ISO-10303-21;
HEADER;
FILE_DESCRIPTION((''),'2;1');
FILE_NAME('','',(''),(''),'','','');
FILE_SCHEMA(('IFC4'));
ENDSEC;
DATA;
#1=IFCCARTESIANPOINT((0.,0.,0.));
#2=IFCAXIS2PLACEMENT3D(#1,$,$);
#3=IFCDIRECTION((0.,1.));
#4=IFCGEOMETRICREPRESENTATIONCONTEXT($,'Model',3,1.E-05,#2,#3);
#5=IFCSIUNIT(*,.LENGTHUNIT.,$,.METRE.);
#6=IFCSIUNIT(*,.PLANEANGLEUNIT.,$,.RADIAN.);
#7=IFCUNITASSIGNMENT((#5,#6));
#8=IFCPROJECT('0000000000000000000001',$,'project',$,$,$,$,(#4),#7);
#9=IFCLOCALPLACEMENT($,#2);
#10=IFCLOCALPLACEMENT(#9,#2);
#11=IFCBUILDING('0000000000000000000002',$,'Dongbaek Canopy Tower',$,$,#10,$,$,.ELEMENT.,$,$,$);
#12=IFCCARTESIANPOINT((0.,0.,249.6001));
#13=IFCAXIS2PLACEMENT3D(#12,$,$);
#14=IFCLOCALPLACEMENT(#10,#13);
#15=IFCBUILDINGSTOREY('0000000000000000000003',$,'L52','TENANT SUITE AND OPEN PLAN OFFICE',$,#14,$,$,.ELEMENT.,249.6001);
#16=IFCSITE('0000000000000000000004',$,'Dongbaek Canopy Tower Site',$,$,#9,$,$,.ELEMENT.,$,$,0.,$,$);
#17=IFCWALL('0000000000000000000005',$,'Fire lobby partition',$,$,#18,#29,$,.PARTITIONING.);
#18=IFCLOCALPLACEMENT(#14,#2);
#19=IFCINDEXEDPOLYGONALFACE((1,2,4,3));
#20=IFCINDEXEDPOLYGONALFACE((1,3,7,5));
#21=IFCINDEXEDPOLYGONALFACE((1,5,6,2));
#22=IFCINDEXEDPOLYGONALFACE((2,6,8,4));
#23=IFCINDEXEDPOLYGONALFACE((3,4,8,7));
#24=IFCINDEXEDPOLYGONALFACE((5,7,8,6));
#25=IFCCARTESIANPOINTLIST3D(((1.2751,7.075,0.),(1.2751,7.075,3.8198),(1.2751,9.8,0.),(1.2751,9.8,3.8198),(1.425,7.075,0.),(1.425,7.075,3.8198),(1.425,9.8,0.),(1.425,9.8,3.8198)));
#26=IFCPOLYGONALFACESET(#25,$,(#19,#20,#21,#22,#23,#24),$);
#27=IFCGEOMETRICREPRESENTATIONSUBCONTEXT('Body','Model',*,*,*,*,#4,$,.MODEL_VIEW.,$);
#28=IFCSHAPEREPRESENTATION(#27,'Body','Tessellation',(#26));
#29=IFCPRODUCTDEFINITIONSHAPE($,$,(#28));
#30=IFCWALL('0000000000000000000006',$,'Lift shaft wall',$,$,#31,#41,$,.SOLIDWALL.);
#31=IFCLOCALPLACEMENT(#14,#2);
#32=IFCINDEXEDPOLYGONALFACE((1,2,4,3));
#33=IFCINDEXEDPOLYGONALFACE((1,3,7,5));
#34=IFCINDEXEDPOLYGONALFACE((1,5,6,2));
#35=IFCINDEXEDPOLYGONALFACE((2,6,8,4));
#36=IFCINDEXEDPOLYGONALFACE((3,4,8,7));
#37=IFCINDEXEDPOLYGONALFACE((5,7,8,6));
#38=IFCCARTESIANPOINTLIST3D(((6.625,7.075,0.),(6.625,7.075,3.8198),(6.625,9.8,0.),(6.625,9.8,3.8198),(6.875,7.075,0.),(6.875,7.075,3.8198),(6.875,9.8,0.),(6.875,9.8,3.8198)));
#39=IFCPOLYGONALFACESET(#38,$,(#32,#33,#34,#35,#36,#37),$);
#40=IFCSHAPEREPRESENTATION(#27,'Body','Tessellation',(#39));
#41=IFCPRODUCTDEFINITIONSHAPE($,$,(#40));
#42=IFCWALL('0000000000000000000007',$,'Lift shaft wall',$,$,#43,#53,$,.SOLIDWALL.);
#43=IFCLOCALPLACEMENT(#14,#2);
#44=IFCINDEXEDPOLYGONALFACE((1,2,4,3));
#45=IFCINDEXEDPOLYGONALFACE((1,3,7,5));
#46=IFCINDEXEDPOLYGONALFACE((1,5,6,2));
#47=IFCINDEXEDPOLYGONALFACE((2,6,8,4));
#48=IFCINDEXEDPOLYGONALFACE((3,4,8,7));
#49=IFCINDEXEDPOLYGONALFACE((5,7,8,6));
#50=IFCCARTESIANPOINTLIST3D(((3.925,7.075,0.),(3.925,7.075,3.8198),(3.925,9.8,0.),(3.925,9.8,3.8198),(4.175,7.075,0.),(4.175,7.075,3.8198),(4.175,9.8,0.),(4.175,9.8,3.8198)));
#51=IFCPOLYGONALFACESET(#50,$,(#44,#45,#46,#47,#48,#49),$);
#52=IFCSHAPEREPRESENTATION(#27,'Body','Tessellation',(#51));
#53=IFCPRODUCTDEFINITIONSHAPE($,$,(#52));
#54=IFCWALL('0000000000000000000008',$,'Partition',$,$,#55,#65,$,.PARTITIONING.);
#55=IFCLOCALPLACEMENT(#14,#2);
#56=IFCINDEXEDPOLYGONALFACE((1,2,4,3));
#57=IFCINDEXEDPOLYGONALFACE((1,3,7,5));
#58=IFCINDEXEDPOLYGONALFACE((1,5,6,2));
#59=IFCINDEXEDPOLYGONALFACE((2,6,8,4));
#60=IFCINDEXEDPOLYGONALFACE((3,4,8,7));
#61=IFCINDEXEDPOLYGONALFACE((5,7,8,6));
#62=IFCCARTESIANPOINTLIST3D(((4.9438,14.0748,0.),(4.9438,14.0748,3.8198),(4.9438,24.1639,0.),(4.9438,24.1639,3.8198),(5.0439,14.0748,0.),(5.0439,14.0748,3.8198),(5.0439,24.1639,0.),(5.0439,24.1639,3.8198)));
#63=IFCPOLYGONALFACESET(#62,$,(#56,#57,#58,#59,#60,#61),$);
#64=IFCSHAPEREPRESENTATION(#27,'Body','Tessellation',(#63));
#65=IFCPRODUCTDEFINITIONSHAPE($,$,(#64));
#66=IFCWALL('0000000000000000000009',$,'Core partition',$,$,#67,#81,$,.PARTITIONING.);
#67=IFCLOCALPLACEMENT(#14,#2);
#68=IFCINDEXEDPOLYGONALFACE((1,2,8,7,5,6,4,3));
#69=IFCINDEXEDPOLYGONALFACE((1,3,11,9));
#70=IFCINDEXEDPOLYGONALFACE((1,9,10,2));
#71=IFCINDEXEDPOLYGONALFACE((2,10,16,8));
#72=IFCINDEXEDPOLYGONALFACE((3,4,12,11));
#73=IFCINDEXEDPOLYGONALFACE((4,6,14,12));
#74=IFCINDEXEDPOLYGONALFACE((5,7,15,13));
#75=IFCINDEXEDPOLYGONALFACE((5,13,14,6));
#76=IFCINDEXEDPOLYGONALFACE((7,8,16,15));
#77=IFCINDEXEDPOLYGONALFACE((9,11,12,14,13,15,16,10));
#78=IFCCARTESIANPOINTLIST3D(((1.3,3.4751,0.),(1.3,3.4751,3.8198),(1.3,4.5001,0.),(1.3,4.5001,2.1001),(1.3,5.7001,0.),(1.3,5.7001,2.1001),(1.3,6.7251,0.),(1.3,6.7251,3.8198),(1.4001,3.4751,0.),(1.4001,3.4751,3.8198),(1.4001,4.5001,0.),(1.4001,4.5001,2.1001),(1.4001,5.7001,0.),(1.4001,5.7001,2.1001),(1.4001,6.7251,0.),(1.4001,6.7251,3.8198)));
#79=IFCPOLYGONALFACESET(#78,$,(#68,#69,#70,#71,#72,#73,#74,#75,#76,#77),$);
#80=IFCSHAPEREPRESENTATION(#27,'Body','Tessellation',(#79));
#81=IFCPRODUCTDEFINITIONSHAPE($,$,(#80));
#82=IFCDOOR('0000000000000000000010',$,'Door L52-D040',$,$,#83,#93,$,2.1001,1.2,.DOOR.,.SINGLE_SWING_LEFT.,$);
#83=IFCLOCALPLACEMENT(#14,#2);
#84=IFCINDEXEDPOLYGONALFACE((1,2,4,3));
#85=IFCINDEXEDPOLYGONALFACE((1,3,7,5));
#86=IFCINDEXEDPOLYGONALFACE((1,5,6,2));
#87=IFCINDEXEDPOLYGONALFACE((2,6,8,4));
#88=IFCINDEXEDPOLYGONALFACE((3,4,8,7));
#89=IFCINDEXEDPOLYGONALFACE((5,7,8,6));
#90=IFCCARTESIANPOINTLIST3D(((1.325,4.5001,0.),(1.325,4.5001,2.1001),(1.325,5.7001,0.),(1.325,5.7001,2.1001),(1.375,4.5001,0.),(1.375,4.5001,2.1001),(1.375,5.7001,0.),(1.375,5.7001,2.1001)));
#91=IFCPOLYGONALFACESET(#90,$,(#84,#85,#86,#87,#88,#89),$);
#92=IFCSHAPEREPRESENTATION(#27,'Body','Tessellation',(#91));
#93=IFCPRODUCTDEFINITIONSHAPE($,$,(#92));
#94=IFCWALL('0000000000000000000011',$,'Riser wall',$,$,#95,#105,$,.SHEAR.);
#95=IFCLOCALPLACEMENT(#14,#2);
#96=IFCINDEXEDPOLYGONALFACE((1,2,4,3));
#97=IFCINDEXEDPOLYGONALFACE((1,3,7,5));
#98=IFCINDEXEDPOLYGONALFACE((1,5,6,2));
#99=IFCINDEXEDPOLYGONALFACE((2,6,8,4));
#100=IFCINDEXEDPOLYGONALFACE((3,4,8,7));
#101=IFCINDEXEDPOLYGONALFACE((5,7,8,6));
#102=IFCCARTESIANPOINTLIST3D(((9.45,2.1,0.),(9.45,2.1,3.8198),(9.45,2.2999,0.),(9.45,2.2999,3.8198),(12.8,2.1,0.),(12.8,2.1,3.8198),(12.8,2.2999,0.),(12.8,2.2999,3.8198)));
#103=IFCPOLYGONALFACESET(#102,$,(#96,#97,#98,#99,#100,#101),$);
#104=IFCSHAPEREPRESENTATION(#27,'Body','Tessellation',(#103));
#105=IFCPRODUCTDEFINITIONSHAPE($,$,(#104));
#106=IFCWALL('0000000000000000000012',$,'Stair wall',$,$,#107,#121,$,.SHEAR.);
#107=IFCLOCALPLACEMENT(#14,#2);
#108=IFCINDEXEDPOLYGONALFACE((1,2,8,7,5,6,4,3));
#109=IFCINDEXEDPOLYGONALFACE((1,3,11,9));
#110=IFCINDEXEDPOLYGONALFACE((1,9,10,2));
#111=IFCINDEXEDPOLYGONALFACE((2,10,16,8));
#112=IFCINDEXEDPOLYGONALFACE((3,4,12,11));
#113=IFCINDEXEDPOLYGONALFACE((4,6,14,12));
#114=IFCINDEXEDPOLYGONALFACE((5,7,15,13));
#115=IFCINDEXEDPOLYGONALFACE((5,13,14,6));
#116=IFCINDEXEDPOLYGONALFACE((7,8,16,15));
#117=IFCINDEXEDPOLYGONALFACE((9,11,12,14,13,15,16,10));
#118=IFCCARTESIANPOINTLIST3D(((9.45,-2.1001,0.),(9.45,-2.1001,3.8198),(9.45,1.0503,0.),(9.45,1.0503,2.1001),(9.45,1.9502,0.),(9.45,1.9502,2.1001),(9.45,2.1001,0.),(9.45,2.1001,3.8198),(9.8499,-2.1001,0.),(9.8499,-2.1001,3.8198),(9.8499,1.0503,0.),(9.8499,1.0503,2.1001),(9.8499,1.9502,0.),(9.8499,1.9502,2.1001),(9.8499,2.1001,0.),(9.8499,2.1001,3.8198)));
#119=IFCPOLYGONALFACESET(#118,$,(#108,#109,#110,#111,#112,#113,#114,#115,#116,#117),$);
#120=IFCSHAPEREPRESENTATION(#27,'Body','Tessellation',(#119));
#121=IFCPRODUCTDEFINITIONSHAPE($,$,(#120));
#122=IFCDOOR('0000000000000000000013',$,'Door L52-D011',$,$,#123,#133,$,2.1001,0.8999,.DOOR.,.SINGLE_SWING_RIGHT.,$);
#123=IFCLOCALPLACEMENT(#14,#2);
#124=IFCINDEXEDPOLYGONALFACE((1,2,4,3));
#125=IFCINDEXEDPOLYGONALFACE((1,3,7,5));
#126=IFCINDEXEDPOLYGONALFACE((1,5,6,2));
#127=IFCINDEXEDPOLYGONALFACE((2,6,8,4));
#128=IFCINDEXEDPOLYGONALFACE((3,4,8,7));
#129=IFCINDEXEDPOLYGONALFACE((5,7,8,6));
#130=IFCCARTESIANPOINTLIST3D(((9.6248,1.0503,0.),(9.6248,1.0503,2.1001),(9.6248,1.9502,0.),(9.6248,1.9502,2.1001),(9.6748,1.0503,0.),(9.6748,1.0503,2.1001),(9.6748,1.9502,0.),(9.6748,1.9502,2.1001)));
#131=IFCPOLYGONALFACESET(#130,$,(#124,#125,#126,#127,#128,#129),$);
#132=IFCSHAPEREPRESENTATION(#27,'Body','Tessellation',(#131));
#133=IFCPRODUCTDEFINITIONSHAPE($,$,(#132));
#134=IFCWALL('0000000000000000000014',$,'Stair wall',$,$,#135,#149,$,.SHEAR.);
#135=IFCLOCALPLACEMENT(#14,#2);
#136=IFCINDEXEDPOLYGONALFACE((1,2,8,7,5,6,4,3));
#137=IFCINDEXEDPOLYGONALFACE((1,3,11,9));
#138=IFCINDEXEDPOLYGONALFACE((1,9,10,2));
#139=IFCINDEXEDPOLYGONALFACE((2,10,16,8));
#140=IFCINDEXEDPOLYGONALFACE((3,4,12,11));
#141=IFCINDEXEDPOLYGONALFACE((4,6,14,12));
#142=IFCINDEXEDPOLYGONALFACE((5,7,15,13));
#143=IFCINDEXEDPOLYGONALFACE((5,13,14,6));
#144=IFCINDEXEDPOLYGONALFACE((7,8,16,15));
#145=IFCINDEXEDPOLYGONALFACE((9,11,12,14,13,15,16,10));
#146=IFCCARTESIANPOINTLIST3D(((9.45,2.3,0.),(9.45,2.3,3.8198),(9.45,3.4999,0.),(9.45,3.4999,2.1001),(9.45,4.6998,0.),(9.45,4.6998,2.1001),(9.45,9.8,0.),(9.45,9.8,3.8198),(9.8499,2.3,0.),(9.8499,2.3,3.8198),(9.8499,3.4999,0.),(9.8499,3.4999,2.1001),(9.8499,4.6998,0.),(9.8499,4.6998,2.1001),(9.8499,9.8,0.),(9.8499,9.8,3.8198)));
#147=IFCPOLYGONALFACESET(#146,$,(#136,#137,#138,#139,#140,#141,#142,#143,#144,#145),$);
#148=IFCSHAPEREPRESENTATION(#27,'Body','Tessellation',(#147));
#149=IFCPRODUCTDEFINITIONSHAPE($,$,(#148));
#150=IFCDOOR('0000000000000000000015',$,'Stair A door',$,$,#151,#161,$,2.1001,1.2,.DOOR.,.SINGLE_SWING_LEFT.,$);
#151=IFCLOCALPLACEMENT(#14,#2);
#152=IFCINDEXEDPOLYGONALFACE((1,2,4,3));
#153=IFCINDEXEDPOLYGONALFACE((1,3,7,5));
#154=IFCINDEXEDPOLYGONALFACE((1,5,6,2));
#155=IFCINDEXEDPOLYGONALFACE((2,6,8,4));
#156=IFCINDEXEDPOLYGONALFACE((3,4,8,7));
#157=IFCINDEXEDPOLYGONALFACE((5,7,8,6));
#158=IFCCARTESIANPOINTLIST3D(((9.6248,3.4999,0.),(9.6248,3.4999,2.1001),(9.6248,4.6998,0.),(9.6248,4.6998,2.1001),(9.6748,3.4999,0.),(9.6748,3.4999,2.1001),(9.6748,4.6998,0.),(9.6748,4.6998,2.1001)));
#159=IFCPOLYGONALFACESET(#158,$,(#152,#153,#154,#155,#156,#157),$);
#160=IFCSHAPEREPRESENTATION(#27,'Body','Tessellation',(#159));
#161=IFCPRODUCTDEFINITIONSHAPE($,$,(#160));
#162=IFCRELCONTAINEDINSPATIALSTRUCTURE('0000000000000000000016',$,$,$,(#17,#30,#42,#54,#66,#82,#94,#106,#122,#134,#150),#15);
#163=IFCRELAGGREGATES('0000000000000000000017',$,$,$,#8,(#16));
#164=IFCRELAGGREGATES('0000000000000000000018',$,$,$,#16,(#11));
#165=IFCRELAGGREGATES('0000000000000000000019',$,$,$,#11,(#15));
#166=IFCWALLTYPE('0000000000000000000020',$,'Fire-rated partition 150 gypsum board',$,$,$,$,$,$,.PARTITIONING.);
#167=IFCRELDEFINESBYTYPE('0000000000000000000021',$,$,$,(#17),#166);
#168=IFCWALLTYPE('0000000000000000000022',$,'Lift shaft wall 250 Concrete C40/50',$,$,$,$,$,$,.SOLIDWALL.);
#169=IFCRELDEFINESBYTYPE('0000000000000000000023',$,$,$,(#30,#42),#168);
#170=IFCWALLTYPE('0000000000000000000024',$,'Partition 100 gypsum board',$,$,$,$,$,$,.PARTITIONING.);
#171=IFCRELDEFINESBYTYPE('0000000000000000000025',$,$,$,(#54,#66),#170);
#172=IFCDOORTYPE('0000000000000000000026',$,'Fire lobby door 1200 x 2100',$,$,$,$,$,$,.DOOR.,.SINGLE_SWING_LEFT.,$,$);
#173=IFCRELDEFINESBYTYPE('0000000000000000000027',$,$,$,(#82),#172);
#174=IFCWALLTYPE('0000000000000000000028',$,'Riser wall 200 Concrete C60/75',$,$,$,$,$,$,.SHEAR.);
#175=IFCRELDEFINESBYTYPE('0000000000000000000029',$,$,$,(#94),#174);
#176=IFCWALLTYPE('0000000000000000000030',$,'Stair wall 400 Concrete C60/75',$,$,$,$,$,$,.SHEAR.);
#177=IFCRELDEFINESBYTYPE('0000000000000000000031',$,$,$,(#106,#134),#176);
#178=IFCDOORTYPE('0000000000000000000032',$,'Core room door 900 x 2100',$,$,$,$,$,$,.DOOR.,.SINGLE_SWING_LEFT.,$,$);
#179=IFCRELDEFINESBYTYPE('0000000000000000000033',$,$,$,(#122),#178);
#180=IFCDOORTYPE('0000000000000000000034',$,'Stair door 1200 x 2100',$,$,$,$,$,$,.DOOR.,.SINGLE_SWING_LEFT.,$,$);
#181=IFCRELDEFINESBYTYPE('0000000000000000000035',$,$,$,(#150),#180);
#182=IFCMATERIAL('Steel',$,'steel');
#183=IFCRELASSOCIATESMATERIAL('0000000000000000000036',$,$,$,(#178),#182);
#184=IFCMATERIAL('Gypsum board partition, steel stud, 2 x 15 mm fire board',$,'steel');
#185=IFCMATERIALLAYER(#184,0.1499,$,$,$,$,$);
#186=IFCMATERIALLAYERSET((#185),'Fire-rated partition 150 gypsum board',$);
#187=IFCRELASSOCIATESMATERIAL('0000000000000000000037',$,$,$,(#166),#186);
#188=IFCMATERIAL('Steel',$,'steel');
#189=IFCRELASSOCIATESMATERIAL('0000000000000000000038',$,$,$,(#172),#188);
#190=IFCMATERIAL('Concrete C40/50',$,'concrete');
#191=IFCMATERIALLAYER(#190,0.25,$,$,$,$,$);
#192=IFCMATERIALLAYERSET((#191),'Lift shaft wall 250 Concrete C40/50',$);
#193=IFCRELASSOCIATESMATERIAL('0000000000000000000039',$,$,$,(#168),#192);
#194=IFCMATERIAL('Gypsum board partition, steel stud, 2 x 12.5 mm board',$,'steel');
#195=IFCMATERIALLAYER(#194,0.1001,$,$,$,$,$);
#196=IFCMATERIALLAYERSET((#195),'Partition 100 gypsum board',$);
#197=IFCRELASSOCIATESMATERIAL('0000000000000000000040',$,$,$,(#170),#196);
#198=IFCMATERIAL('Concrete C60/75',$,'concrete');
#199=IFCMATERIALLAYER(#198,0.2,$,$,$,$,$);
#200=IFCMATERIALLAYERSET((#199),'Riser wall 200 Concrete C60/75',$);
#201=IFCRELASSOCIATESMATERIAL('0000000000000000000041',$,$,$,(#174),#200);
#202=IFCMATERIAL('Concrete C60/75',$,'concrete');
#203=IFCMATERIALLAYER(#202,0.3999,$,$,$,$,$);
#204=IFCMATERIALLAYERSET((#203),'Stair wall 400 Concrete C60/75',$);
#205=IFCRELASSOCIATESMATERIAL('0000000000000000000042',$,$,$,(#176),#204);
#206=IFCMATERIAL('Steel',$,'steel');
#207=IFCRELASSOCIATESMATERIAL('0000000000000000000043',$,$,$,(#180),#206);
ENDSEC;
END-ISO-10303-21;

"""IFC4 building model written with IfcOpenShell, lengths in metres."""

from ifc_helpers import new_model, si_unit, direction, frame, frame_2d, origin, place, context, subcontext, project, spatial, rectangle, extrude, material, layer, layer_set, type_object, element, fill, save


model = new_model("IFC4")

# Units and contexts
model_context = context("Model", 3, precision=1e-05, world=origin(), true_north=direction((0.0, 1.0)))
body_context = subcontext(model_context, "Body", "Model", "MODEL_VIEW")
ifc_project = project(units=[si_unit("LENGTHUNIT", "METRE"), si_unit("PLANEANGLEUNIT", "RADIAN")], contexts=[model_context])

# Site, building, storey
site_placement = place(None, origin())
site = spatial("IfcSite", under=ifc_project, at=site_placement, Name="Dongbaek Canopy Tower Site", CompositionType="ELEMENT", RefElevation=0.0)
building_placement = place(site_placement, origin())
building = spatial("IfcBuilding", under=site, at=building_placement, Name="Dongbaek Canopy Tower", CompositionType="ELEMENT")
storey_placement = place(building_placement, frame((0.0, 0.0, 249.6001)))
storey = spatial("IfcBuildingStorey", under=building, at=storey_placement, Name="L52", Description="TENANT SUITE AND OPEN PLAN OFFICE", CompositionType="ELEMENT", Elevation=249.6001)

# Shared definitions
ifc_material_1 = material(Name="Steel", Category="steel")
door_type_1 = type_object("IfcDoorType", Name="Core room door 900 x 2100", OperationType="SINGLE_SWING_LEFT", PredefinedType="DOOR", material=ifc_material_1)

# Shared definitions
ifc_material_2 = material(Name="Gypsum board partition, steel stud, 2 x 15 mm fire board", Category="steel")
ifc_layer_1 = layer(ifc_material_2, 0.1499)
ifc_layer_set_1 = layer_set([ifc_layer_1], Name="Fire-rated partition 150 gypsum board")
wall_type_1 = type_object("IfcWallType", Name="Fire-rated partition 150 gypsum board", PredefinedType="PARTITIONING", material=ifc_layer_set_1)
ifc_material_3 = material(Name="Steel", Category="steel")
door_type_2 = type_object("IfcDoorType", Name="Fire lobby door 1200 x 2100", OperationType="SINGLE_SWING_LEFT", PredefinedType="DOOR", material=ifc_material_3)

# Walls
wall_1_placement = place(storey_placement, frame((1.3501, 7.075, 0.0), z_axis=(0.0, 0.0, 1.0), x_axis=(0.0, 1.0, 0.0)))
element("IfcWall", 1, at=wall_1_placement, inside=storey, type_object=wall_type_1, Name="Fire lobby partition", PredefinedType="PARTITIONING", context=body_context, shape_type="SweptSolid", body=[
    extrude(rectangle(XDim=2.7251, YDim=0.1499, at=frame_2d((1.3625, 0.0))), origin(), (0.0, 0.0, 1.0), 3.8198),
])
ifc_material_4 = material(Name="Concrete C40/50", Category="concrete")
ifc_layer_2 = layer(ifc_material_4, 0.25)
ifc_layer_set_2 = layer_set([ifc_layer_2], Name="Lift shaft wall 250 Concrete C40/50")
wall_type_2 = type_object("IfcWallType", Name="Lift shaft wall 250 Concrete C40/50", PredefinedType="SOLIDWALL", material=ifc_layer_set_2)
for number, where, z_axis, x_axis, name in (
    (2, (6.75, 7.075, 0.0), (0.0, 0.0, 1.0), (0.0, 1.0, 0.0), "Lift shaft wall"),
    (3, (4.05, 7.075, 0.0), (0.0, 0.0, 1.0), (0.0, 1.0, 0.0), "Lift shaft wall"),
):
    element("IfcWall", number, at=place(storey_placement, frame(where, z_axis=z_axis, x_axis=x_axis)), inside=storey, type_object=wall_type_2, Name=name, PredefinedType="SOLIDWALL", context=body_context, shape_type="SweptSolid", body=[
        extrude(rectangle(XDim=2.7251, YDim=0.25, at=frame_2d((1.3625, 0.0))), origin(), (0.0, 0.0, 1.0), 3.8198),
    ])
ifc_material_5 = material(Name="Gypsum board partition, steel stud, 2 x 12.5 mm board", Category="steel")
ifc_layer_3 = layer(ifc_material_5, 0.1001)
ifc_layer_set_3 = layer_set([ifc_layer_3], Name="Partition 100 gypsum board")
wall_type_3 = type_object("IfcWallType", Name="Partition 100 gypsum board", PredefinedType="PARTITIONING", material=ifc_layer_set_3)
wall_2_placement = place(storey_placement, frame((4.9939, 14.075, 0.0), z_axis=(0.0, 0.0, 1.0), x_axis=(0.0, 1.0, 0.0)))
element("IfcWall", 4, at=wall_2_placement, inside=storey, type_object=wall_type_3, Name="Partition", PredefinedType="PARTITIONING", context=body_context, shape_type="SweptSolid", body=[
    extrude(rectangle(XDim=10.0891, YDim=0.1001, at=frame_2d((5.0444, 0.0))), origin(), (0.0, 0.0, 1.0), 3.8198),
])

# Wall, opening, door
wall_3_placement = place(storey_placement, frame((1.3501, 6.7251, 0.0), z_axis=(0.0, 0.0, 1.0), x_axis=(0.0, -1.0, 0.0)))
wall_3 = element("IfcWall", 5, at=wall_3_placement, inside=storey, type_object=wall_type_3, Name="Core partition", PredefinedType="PARTITIONING", context=body_context, shape_type="SweptSolid", body=[
    extrude(rectangle(XDim=3.25, YDim=0.1001, at=frame_2d((1.625, 0.0))), origin(), (0.0, 0.0, 1.0), 3.8198),
])
opening_1_placement = place(wall_3_placement, frame((1.0249, 0.0, 0.0)))
opening_1 = element("IfcOpeningElement", 6, at=opening_1_placement, cuts=wall_3, PredefinedType="OPENING", context=body_context, shape_type="SweptSolid", body=[
    extrude(rectangle(XDim=1.2, YDim=2.1001, at=frame_2d((0.6001, 1.05))), frame((0.0, 0.0601, 0.0), z_axis=(0.0, -1.0, 0.0), x_axis=(1.0, 0.0, 0.0)), (0.0, 0.0, 1.0), 0.1201),
])
door_1_placement = place(opening_1_placement, origin())
door_1 = element("IfcDoor", 7, at=door_1_placement, inside=storey, type_object=door_type_2, Name="Door L52-D040", OperationType="SINGLE_SWING_LEFT", OverallHeight=2.1001, OverallWidth=1.2, PredefinedType="DOOR", context=body_context, shape_type="SweptSolid", body=[
    extrude(rectangle(XDim=1.2, YDim=2.1001, at=frame_2d((0.6001, 1.05))), frame((0.0, 0.0249, 0.0), z_axis=(0.0, -1.0, 0.0), x_axis=(1.0, 0.0, 0.0)), (0.0, 0.0, 1.0), 0.05),
])
fill(opening_1, door_1)

# Wall
ifc_material_6 = material(Name="Concrete C60/75", Category="concrete")
ifc_layer_4 = layer(ifc_material_6, 0.2)
ifc_layer_set_4 = layer_set([ifc_layer_4], Name="Riser wall 200 Concrete C60/75")
wall_type_4 = type_object("IfcWallType", Name="Riser wall 200 Concrete C60/75", PredefinedType="SHEAR", material=ifc_layer_set_4)
wall_4_placement = place(storey_placement, frame((9.45, 2.2, 0.0), z_axis=(0.0, 0.0, 1.0), x_axis=(1.0, 0.0, 0.0)))
element("IfcWall", 8, at=wall_4_placement, inside=storey, type_object=wall_type_4, Name="Riser wall", PredefinedType="SHEAR", context=body_context, shape_type="SweptSolid", body=[
    extrude(rectangle(XDim=3.3501, YDim=0.2, at=frame_2d((1.675, 0.0))), origin(), (0.0, 0.0, 1.0), 3.8198),
])

# Walls, openings, doors
ifc_material_7 = material(Name="Concrete C60/75", Category="concrete")
ifc_layer_5 = layer(ifc_material_7, 0.3999)
ifc_layer_set_5 = layer_set([ifc_layer_5], Name="Stair wall 400 Concrete C60/75")
wall_type_5 = type_object("IfcWallType", Name="Stair wall 400 Concrete C60/75", PredefinedType="SHEAR", material=ifc_layer_set_5)
wall_5_placement = place(storey_placement, frame((9.6499, 2.1001, 0.0), z_axis=(0.0, 0.0, 1.0), x_axis=(0.0, -1.0, 0.0)))
wall_5 = element("IfcWall", 9, at=wall_5_placement, inside=storey, type_object=wall_type_5, Name="Stair wall", PredefinedType="SHEAR", context=body_context, shape_type="SweptSolid", body=[
    extrude(rectangle(XDim=4.2002, YDim=0.3999, at=frame_2d((2.1001, 0.0))), origin(), (0.0, 0.0, 1.0), 3.8198),
])
opening_2_placement = place(wall_5_placement, frame((0.1499, 0.0, 0.0)))
opening_2 = element("IfcOpeningElement", 10, at=opening_2_placement, cuts=wall_5, PredefinedType="OPENING", context=body_context, shape_type="SweptSolid", body=[
    extrude(rectangle(XDim=0.8999, YDim=2.1001, at=frame_2d((0.45, 1.05))), frame((0.0, 0.21, 0.0), z_axis=(0.0, -1.0, 0.0), x_axis=(1.0, 0.0, 0.0)), (0.0, 0.0, 1.0), 0.4199),
])
door_2_placement = place(opening_2_placement, origin())
door_2 = element("IfcDoor", 11, at=door_2_placement, inside=storey, type_object=door_type_1, Name="Door L52-D011", OperationType="SINGLE_SWING_RIGHT", OverallHeight=2.1001, OverallWidth=0.8999, PredefinedType="DOOR", context=body_context, shape_type="SweptSolid", body=[
    extrude(rectangle(XDim=0.8999, YDim=2.1001, at=frame_2d((0.45, 1.05))), frame((0.0, 0.0249, 0.0), z_axis=(0.0, -1.0, 0.0), x_axis=(1.0, 0.0, 0.0)), (0.0, 0.0, 1.0), 0.05),
])
fill(opening_2, door_2)
wall_6_placement = place(storey_placement, frame((9.6499, 9.8, 0.0), z_axis=(0.0, 0.0, 1.0), x_axis=(0.0, -1.0, 0.0)))
wall_6 = element("IfcWall", 12, at=wall_6_placement, inside=storey, type_object=wall_type_5, Name="Stair wall", PredefinedType="SHEAR", context=body_context, shape_type="SweptSolid", body=[
    extrude(rectangle(XDim=7.5, YDim=0.3999, at=frame_2d((3.75, 0.0))), origin(), (0.0, 0.0, 1.0), 3.8198),
])
opening_3_placement = place(wall_6_placement, frame((5.1001, 0.0, 0.0)))
opening_3 = element("IfcOpeningElement", 13, at=opening_3_placement, cuts=wall_6, PredefinedType="OPENING", context=body_context, shape_type="SweptSolid", body=[
    extrude(rectangle(XDim=1.2, YDim=2.1001, at=frame_2d((0.6001, 1.05))), frame((0.0, 0.21, 0.0), z_axis=(0.0, -1.0, 0.0), x_axis=(1.0, 0.0, 0.0)), (0.0, 0.0, 1.0), 0.4199),
])
ifc_material_8 = material(Name="Steel", Category="steel")
door_type_3 = type_object("IfcDoorType", Name="Stair door 1200 x 2100", OperationType="SINGLE_SWING_LEFT", PredefinedType="DOOR", material=ifc_material_8)
door_3_placement = place(opening_3_placement, origin())
door_3 = element("IfcDoor", 14, at=door_3_placement, inside=storey, type_object=door_type_3, Name="Stair A door", OperationType="SINGLE_SWING_LEFT", OverallHeight=2.1001, OverallWidth=1.2, PredefinedType="DOOR", context=body_context, shape_type="SweptSolid", body=[
    extrude(rectangle(XDim=1.2, YDim=2.1001, at=frame_2d((0.6001, 1.05))), frame((0.0, 0.0249, 0.0), z_axis=(0.0, -1.0, 0.0), x_axis=(1.0, 0.0, 0.0)), (0.0, 0.0, 1.0), 0.05),
])
fill(opening_3, door_3)

save(model, "model.ifc")
